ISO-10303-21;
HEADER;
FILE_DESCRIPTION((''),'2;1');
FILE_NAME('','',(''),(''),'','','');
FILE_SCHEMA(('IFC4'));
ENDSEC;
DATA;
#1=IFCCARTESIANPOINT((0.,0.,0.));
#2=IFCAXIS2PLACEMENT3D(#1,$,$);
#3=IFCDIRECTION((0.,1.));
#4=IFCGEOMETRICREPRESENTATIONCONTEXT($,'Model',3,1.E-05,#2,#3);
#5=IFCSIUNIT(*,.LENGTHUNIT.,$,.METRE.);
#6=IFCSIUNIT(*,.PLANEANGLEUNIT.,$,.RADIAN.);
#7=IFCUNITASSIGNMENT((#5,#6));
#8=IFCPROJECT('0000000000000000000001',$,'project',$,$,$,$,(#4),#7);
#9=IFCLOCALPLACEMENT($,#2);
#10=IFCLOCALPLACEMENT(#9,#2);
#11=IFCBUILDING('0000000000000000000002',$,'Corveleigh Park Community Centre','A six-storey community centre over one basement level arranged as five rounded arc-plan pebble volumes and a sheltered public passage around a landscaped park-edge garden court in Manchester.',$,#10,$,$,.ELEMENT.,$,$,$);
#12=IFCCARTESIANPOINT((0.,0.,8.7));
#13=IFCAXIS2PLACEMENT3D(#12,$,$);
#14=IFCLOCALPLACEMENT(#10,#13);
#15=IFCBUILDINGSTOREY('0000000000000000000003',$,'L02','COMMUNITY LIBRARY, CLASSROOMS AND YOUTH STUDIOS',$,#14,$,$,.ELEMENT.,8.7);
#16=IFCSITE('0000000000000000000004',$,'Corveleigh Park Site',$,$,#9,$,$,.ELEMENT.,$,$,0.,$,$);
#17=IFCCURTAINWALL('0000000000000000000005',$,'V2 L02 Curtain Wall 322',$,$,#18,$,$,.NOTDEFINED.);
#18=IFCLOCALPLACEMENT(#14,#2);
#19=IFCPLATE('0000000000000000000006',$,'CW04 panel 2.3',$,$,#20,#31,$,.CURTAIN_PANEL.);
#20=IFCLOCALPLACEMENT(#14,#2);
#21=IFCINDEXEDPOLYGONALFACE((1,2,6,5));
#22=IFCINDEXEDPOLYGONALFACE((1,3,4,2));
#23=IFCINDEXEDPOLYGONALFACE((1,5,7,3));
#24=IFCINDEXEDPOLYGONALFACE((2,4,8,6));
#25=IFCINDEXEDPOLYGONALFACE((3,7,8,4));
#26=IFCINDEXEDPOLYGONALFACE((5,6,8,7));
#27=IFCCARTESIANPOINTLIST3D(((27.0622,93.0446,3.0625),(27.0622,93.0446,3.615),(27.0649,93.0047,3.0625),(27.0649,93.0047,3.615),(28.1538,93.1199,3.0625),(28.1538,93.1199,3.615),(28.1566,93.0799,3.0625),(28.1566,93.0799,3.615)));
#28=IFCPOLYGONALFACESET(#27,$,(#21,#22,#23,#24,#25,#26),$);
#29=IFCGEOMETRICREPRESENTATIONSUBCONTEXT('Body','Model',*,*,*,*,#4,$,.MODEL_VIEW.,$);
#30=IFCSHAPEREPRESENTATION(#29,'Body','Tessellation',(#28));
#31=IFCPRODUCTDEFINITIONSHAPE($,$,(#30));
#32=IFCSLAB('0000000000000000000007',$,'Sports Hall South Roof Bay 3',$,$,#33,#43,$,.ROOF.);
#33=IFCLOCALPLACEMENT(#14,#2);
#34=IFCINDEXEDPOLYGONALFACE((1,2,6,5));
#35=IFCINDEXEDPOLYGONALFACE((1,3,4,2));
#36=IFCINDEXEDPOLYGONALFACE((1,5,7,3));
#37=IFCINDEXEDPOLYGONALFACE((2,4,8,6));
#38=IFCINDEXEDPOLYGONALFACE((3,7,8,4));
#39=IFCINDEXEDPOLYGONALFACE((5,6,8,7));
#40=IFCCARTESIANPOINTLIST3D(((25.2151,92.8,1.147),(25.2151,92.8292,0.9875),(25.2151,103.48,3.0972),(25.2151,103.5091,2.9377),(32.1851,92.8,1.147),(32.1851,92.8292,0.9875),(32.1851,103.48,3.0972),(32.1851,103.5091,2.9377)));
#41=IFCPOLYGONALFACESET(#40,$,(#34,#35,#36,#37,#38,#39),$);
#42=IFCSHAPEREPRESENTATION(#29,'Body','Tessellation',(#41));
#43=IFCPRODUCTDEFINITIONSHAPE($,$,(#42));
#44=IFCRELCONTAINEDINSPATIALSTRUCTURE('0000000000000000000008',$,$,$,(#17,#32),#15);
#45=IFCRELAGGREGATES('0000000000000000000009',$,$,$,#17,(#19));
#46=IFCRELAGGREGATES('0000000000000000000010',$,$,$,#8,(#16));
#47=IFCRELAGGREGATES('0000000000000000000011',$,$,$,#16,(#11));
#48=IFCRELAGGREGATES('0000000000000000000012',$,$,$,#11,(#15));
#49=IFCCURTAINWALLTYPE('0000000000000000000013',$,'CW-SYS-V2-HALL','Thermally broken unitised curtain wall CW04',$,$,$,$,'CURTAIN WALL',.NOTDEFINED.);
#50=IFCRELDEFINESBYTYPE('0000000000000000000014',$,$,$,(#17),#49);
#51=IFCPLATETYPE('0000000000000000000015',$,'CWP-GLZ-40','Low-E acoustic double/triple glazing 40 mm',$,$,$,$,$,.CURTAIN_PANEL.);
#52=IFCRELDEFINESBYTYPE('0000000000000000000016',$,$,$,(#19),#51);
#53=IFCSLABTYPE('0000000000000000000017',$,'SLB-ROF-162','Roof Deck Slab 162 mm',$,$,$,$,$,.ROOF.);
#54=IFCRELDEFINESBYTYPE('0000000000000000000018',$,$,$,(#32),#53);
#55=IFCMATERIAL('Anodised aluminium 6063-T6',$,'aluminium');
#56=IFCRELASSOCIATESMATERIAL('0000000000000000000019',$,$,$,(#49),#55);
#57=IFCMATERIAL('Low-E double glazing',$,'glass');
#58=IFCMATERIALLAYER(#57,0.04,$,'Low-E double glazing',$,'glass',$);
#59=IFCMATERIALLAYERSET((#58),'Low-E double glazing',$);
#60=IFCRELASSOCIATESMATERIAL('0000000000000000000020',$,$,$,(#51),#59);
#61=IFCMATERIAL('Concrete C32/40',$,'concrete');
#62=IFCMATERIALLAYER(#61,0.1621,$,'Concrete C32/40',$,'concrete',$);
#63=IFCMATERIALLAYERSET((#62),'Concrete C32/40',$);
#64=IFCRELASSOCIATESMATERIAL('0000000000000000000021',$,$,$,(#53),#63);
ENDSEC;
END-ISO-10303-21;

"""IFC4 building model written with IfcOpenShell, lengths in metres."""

from ifc_helpers import new_model, si_unit, direction, frame, origin, origin_2d, place, context, subcontext, project, spatial, polyline, rectangle, outline, extrude, material, layer, layer_set, type_object, element, aggregate, save


model = new_model("IFC4")

# Units and contexts
model_context = context("Model", 3, precision=1e-05, world=origin(), true_north=direction((0.0, 1.0)))
body_context = subcontext(model_context, "Body", "Model", "MODEL_VIEW")
ifc_project = project(units=[si_unit("LENGTHUNIT", "METRE"), si_unit("PLANEANGLEUNIT", "RADIAN")], contexts=[model_context])

# Site, building, storey
site_placement = place(None, origin())
site = spatial("IfcSite", under=ifc_project, at=site_placement, Name="Corveleigh Park Site", CompositionType="ELEMENT", RefElevation=0.0)
building_placement = place(site_placement, origin())
building = spatial("IfcBuilding", under=site, at=building_placement, Name="Corveleigh Park Community Centre", Description="A six-storey community centre over one basement level arranged as five rounded arc-plan pebble volumes and a sheltered public passage around a landscaped park-edge garden court in Manchester.", CompositionType="ELEMENT")
storey_placement = place(building_placement, frame((0.0, 0.0, 8.7)))
storey = spatial("IfcBuildingStorey", under=building, at=storey_placement, Name="L02", Description="COMMUNITY LIBRARY, CLASSROOMS AND YOUTH STUDIOS", CompositionType="ELEMENT", Elevation=8.7)

# Shared definitions
ifc_material_1 = material(Name="Anodised aluminium 6063-T6", Category="aluminium")
curtain_wall_type = type_object("IfcCurtainWallType", Name="CW-SYS-V2-HALL", Description="Thermally broken unitised curtain wall CW04", ElementType="CURTAIN WALL", PredefinedType="NOTDEFINED", material=ifc_material_1)

# Curtain wall
curtain_wall_1_placement = place(storey_placement, origin())
curtain_wall_1 = element("IfcCurtainWall", 1, at=curtain_wall_1_placement, inside=storey, type_object=curtain_wall_type, Name="V2 L02 Curtain Wall 322", PredefinedType="NOTDEFINED")

# Plate
ifc_material_2 = material(Name="Low-E double glazing", Category="glass")
ifc_layer_1 = layer(ifc_material_2, 0.04, Name="Low-E double glazing", Category="glass")
ifc_layer_set_1 = layer_set([ifc_layer_1], Name="Low-E double glazing")
plate_type = type_object("IfcPlateType", Name="CWP-GLZ-40", Description="Low-E acoustic double/triple glazing 40 mm", PredefinedType="CURTAIN_PANEL", material=ifc_layer_set_1)
plate_1_placement = place(storey_placement, frame((27.6094, 93.0623, 3.0625), z_axis=(0.0, 0.0, 1.0), x_axis=(0.997632, 0.068774, 0.0)))
plate_1 = element("IfcPlate", 2, at=plate_1_placement, type_object=plate_type, Name="CW04 panel 2.3", PredefinedType="CURTAIN_PANEL", context=body_context, shape_type="SweptSolid", body=[
    extrude(rectangle(XDim=1.0942, YDim=0.04, at=origin_2d()), origin(), (0.0, 0.0, 1.0), 0.5525),
])
aggregate(curtain_wall_1, [plate_1])

# Slab
ifc_material_3 = material(Name="Concrete C32/40", Category="concrete")
ifc_layer_2 = layer(ifc_material_3, 0.1621, Name="Concrete C32/40", Category="concrete")
ifc_layer_set_2 = layer_set([ifc_layer_2], Name="Concrete C32/40")
slab_type = type_object("IfcSlabType", Name="SLB-ROF-162", Description="Roof Deck Slab 162 mm", PredefinedType="ROOF", material=ifc_layer_set_2)
slab_placement = place(storey_placement, frame((25.2151, 92.8, 1.147), z_axis=(0.0, -0.179633, 0.983734), x_axis=(1.0, 0.0, 0.0)))
element("IfcSlab", 3, at=slab_placement, inside=storey, type_object=slab_type, Name="Sports Hall South Roof Bay 3", PredefinedType="ROOF", context=body_context, shape_type="SweptSolid", body=[
    extrude(outline(polyline([(0.0, 0.0), (6.97, 0.0), (6.97, 10.8565), (0.0, 10.8565), (0.0, 0.0)])), origin(), (0.0, 0.0, -1.0), 0.1621),
])

save(model, "model.ifc")
